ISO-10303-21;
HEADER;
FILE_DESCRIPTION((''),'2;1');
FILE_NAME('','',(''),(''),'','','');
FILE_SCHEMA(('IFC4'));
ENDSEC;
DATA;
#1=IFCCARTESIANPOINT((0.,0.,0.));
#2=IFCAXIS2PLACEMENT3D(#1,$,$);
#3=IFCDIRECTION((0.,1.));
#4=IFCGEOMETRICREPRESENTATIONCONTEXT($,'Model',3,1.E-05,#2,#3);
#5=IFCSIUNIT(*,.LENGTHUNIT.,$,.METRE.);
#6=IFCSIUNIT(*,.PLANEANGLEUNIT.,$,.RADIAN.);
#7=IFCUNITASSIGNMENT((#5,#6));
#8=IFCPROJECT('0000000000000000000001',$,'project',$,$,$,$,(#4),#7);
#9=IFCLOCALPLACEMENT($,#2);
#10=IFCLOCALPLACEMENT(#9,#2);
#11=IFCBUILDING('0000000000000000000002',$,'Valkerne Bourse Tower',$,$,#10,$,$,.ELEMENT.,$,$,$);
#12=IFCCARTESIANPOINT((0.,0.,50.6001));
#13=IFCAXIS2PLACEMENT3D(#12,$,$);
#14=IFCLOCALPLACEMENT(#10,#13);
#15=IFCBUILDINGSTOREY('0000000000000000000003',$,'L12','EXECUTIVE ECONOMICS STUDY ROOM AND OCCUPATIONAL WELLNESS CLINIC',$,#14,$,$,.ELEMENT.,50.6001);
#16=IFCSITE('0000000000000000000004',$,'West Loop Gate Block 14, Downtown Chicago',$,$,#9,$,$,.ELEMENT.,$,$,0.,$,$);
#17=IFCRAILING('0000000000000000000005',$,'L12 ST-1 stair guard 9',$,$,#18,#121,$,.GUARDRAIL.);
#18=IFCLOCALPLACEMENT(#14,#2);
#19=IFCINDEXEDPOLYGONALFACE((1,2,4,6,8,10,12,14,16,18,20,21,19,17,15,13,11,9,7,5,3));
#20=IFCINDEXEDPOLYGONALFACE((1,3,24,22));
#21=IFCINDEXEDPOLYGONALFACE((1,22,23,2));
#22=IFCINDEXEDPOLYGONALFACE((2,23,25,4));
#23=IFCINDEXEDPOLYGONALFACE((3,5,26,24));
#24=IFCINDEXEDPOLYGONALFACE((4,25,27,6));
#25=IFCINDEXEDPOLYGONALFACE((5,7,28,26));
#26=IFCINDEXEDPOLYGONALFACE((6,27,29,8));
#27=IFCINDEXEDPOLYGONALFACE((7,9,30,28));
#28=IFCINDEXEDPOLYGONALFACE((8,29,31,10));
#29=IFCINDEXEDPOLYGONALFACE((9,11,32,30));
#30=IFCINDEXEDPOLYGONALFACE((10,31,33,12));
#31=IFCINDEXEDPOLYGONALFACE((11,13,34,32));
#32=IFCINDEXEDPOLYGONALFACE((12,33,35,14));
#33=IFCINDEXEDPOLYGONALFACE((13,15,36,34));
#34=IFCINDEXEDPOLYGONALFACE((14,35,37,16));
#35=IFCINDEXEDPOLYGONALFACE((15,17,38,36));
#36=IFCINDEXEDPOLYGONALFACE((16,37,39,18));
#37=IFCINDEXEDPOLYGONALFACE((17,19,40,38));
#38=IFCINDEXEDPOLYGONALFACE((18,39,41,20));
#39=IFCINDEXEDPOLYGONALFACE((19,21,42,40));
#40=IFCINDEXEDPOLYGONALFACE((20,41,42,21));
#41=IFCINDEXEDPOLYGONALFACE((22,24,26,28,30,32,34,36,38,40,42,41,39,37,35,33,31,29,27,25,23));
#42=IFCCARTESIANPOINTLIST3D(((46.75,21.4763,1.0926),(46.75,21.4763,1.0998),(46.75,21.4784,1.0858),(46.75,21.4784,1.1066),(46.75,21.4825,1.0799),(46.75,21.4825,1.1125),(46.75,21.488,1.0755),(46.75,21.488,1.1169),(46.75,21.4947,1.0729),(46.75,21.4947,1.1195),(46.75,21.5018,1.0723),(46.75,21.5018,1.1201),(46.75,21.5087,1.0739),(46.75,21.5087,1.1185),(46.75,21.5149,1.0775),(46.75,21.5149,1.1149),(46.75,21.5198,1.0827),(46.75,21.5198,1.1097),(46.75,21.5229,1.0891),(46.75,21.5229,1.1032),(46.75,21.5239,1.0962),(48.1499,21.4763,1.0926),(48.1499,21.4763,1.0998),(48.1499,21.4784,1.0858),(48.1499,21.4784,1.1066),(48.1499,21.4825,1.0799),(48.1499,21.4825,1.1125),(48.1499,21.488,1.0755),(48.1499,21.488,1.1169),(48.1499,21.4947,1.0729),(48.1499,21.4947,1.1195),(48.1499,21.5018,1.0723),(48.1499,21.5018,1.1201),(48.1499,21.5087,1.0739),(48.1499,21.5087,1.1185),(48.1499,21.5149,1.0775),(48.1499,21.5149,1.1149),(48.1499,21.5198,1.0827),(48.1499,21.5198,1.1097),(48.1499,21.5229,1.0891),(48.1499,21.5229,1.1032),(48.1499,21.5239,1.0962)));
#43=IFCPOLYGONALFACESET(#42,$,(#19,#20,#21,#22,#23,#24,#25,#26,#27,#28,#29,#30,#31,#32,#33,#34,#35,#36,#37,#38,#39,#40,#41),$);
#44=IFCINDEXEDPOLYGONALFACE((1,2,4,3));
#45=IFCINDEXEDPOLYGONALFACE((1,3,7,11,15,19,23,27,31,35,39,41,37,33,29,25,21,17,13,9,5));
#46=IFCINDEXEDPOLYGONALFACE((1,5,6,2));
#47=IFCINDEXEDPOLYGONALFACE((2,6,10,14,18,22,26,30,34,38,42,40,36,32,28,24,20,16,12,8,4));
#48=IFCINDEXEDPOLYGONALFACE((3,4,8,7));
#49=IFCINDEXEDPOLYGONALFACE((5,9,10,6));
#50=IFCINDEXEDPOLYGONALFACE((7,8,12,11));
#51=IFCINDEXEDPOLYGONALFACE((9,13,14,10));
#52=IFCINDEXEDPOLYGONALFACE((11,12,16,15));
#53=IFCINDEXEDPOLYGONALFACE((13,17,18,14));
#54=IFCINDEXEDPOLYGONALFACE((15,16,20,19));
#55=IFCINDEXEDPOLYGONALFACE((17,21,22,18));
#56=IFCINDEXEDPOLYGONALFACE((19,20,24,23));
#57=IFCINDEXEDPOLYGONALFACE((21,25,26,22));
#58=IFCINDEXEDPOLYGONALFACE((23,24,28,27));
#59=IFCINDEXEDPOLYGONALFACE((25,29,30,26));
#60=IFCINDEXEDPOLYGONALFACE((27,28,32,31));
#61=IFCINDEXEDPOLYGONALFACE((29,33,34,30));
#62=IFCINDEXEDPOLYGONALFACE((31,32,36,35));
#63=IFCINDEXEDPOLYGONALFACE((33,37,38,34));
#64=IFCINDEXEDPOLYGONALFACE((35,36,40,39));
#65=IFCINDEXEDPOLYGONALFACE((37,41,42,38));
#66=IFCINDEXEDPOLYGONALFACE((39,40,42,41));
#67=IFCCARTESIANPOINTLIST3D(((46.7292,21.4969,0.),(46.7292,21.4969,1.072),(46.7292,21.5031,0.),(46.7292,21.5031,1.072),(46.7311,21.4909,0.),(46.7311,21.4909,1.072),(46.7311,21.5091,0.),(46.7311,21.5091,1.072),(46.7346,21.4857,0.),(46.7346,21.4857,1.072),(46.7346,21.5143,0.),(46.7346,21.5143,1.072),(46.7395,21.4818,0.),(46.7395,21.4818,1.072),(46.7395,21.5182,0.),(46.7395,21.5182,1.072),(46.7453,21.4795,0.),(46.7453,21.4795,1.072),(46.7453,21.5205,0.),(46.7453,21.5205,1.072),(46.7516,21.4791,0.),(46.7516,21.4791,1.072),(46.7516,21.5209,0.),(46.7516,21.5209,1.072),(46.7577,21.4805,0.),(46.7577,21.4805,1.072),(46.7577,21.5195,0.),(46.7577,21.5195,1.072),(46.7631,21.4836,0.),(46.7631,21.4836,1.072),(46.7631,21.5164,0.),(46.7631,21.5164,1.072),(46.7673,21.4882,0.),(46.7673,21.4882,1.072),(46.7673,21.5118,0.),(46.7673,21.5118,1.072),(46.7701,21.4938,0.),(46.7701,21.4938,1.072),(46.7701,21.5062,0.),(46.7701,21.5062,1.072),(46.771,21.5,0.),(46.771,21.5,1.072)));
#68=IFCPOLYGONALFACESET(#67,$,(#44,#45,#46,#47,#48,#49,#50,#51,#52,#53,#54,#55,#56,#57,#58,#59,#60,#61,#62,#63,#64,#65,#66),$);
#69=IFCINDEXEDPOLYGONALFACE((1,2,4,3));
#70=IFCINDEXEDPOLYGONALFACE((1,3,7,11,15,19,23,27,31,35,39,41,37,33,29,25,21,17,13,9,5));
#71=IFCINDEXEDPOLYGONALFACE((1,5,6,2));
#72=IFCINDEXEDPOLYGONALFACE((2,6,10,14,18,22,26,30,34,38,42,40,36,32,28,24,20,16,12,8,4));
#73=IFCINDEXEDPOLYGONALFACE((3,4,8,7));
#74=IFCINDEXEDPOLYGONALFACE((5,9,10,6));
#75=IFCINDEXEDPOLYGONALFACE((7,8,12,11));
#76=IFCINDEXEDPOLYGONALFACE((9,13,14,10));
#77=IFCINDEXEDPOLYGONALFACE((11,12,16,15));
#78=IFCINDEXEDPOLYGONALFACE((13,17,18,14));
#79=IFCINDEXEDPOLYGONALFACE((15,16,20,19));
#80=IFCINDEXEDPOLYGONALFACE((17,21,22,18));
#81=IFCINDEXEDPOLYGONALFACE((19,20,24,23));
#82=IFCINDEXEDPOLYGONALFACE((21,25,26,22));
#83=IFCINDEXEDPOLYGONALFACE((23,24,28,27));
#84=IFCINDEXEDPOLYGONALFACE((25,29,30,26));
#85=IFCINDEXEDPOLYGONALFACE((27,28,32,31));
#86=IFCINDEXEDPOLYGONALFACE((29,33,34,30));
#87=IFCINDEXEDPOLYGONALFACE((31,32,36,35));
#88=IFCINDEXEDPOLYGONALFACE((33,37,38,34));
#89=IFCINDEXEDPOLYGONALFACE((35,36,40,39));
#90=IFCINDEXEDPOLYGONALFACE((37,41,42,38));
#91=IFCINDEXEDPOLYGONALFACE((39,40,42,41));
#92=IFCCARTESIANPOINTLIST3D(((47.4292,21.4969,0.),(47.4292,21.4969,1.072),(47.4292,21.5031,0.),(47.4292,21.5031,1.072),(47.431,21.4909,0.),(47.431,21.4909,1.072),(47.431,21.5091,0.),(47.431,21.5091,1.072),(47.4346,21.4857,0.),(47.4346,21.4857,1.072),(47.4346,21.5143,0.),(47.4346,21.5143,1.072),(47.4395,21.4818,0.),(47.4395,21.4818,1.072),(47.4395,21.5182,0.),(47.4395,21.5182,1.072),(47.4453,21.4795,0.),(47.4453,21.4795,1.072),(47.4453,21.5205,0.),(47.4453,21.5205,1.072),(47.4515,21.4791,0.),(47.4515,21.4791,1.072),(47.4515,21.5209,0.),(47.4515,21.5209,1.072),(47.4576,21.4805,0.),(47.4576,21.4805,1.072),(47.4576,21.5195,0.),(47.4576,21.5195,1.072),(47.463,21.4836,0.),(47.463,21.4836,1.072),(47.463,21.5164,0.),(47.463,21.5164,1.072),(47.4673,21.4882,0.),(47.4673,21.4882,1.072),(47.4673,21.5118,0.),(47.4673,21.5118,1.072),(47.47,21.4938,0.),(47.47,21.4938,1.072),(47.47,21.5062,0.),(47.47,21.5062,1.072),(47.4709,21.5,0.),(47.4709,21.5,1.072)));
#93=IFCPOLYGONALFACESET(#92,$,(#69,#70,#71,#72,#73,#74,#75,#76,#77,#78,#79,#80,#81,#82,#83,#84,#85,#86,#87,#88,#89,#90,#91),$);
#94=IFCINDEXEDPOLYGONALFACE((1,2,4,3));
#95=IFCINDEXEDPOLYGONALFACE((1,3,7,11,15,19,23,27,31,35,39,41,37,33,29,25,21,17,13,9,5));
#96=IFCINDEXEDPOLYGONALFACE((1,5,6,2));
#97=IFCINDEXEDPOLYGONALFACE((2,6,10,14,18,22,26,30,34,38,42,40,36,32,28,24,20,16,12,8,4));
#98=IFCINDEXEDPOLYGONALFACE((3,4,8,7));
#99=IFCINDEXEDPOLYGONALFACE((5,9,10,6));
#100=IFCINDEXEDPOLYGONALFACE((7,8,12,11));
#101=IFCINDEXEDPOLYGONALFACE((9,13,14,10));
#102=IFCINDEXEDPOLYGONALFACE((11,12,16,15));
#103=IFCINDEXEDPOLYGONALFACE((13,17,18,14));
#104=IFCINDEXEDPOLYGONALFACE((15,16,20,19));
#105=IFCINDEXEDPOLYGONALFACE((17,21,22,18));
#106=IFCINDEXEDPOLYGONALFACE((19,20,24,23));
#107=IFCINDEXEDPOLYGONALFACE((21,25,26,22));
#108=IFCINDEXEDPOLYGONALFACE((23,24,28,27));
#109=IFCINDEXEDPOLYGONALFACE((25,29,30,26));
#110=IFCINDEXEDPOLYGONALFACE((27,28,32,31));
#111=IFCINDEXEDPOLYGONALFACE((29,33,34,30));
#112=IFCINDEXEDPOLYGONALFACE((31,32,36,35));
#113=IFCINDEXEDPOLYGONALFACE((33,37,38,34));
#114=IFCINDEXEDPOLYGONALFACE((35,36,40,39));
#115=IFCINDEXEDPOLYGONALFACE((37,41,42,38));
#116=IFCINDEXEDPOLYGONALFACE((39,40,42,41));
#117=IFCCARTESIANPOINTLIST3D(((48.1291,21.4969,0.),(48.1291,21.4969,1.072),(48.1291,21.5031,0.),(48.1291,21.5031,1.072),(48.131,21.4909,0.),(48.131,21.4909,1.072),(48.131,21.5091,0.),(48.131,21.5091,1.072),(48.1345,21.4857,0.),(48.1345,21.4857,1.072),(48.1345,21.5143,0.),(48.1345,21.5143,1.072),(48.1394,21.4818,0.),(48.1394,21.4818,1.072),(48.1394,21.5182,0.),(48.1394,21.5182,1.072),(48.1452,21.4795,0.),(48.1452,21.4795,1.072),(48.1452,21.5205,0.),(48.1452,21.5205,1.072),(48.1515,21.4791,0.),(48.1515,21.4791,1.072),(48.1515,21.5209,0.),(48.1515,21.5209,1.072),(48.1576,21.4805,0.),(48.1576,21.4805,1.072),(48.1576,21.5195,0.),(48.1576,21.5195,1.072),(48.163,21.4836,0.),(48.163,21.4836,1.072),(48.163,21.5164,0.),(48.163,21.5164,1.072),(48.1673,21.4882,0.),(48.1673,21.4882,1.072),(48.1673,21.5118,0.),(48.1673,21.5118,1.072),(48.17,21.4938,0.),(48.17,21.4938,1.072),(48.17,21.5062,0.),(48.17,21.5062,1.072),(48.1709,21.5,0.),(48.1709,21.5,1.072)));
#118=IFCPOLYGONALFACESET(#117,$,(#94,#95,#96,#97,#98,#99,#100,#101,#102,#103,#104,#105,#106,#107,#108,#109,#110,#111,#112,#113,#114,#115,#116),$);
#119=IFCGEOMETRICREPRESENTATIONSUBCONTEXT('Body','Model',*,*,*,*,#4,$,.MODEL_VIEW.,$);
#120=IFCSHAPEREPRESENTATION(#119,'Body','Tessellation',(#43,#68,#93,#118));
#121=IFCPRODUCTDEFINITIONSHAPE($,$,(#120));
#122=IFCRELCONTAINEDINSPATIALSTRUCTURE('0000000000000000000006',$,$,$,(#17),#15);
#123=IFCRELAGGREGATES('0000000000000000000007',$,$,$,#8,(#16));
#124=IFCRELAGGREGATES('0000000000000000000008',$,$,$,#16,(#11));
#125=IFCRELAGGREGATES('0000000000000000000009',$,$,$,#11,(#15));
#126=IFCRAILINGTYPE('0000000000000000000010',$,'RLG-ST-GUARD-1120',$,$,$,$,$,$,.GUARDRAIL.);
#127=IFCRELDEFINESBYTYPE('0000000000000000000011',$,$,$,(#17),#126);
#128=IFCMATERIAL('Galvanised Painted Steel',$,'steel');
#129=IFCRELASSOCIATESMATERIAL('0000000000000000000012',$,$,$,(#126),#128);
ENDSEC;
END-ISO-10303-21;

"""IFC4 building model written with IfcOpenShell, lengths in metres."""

from ifc_helpers import new_model, si_unit, direction, frame, origin, origin_2d, place, context, subcontext, project, spatial, circle, extrude, material, type_object, element, save


model = new_model("IFC4")

# Units and contexts
model_context = context("Model", 3, precision=1e-05, world=origin(), true_north=direction((0.0, 1.0)))
body_context = subcontext(model_context, "Body", "Model", "MODEL_VIEW")
ifc_project = project(units=[si_unit("LENGTHUNIT", "METRE"), si_unit("PLANEANGLEUNIT", "RADIAN")], contexts=[model_context])

# Site, building, storey
site_placement = place(None, origin())
site = spatial("IfcSite", under=ifc_project, at=site_placement, Name="West Loop Gate Block 14, Downtown Chicago", CompositionType="ELEMENT", RefElevation=0.0)
building_placement = place(site_placement, origin())
building = spatial("IfcBuilding", under=site, at=building_placement, Name="Valkerne Bourse Tower", CompositionType="ELEMENT")
storey_placement = place(building_placement, frame((0.0, 0.0, 50.6001)))
storey = spatial("IfcBuildingStorey", under=building, at=storey_placement, Name="L12", Description="EXECUTIVE ECONOMICS STUDY ROOM AND OCCUPATIONAL WELLNESS CLINIC", CompositionType="ELEMENT", Elevation=50.6001)

# Shared definitions
ifc_material_1 = material(Name="Galvanised Painted Steel", Category="steel")

# Railing
railing_type = type_object("IfcRailingType", Name="RLG-ST-GUARD-1120", PredefinedType="GUARDRAIL", material=ifc_material_1)
for number, where, name in (
    (1, (46.75, 21.5, 0.0), "L12 ST-1 stair guard 9"),
):
    element("IfcRailing", number, at=place(storey_placement, frame(where)), inside=storey, type_object=railing_type, Name=name, PredefinedType="GUARDRAIL", context=body_context, shape_type="SweptSolid", body=[
        extrude(circle(Radius=0.0239, at=origin_2d()), frame((0.0, 0.0, 1.0962), z_axis=(1.0, 0.0, 0.0), x_axis=(0.0, 1.0, 0.0)), (0.0, 0.0, 1.0), 1.3999),
        extrude(circle(Radius=0.021, at=origin_2d()), origin(), (0.0, 0.0, 1.0), 1.072),
        extrude(circle(Radius=0.021, at=origin_2d()), frame((0.7, 0.0, 0.0)), (0.0, 0.0, 1.0), 1.072),
        extrude(circle(Radius=0.021, at=origin_2d()), frame((1.3999, 0.0, 0.0)), (0.0, 0.0, 1.0), 1.072),
    ])

save(model, "model.ifc")
